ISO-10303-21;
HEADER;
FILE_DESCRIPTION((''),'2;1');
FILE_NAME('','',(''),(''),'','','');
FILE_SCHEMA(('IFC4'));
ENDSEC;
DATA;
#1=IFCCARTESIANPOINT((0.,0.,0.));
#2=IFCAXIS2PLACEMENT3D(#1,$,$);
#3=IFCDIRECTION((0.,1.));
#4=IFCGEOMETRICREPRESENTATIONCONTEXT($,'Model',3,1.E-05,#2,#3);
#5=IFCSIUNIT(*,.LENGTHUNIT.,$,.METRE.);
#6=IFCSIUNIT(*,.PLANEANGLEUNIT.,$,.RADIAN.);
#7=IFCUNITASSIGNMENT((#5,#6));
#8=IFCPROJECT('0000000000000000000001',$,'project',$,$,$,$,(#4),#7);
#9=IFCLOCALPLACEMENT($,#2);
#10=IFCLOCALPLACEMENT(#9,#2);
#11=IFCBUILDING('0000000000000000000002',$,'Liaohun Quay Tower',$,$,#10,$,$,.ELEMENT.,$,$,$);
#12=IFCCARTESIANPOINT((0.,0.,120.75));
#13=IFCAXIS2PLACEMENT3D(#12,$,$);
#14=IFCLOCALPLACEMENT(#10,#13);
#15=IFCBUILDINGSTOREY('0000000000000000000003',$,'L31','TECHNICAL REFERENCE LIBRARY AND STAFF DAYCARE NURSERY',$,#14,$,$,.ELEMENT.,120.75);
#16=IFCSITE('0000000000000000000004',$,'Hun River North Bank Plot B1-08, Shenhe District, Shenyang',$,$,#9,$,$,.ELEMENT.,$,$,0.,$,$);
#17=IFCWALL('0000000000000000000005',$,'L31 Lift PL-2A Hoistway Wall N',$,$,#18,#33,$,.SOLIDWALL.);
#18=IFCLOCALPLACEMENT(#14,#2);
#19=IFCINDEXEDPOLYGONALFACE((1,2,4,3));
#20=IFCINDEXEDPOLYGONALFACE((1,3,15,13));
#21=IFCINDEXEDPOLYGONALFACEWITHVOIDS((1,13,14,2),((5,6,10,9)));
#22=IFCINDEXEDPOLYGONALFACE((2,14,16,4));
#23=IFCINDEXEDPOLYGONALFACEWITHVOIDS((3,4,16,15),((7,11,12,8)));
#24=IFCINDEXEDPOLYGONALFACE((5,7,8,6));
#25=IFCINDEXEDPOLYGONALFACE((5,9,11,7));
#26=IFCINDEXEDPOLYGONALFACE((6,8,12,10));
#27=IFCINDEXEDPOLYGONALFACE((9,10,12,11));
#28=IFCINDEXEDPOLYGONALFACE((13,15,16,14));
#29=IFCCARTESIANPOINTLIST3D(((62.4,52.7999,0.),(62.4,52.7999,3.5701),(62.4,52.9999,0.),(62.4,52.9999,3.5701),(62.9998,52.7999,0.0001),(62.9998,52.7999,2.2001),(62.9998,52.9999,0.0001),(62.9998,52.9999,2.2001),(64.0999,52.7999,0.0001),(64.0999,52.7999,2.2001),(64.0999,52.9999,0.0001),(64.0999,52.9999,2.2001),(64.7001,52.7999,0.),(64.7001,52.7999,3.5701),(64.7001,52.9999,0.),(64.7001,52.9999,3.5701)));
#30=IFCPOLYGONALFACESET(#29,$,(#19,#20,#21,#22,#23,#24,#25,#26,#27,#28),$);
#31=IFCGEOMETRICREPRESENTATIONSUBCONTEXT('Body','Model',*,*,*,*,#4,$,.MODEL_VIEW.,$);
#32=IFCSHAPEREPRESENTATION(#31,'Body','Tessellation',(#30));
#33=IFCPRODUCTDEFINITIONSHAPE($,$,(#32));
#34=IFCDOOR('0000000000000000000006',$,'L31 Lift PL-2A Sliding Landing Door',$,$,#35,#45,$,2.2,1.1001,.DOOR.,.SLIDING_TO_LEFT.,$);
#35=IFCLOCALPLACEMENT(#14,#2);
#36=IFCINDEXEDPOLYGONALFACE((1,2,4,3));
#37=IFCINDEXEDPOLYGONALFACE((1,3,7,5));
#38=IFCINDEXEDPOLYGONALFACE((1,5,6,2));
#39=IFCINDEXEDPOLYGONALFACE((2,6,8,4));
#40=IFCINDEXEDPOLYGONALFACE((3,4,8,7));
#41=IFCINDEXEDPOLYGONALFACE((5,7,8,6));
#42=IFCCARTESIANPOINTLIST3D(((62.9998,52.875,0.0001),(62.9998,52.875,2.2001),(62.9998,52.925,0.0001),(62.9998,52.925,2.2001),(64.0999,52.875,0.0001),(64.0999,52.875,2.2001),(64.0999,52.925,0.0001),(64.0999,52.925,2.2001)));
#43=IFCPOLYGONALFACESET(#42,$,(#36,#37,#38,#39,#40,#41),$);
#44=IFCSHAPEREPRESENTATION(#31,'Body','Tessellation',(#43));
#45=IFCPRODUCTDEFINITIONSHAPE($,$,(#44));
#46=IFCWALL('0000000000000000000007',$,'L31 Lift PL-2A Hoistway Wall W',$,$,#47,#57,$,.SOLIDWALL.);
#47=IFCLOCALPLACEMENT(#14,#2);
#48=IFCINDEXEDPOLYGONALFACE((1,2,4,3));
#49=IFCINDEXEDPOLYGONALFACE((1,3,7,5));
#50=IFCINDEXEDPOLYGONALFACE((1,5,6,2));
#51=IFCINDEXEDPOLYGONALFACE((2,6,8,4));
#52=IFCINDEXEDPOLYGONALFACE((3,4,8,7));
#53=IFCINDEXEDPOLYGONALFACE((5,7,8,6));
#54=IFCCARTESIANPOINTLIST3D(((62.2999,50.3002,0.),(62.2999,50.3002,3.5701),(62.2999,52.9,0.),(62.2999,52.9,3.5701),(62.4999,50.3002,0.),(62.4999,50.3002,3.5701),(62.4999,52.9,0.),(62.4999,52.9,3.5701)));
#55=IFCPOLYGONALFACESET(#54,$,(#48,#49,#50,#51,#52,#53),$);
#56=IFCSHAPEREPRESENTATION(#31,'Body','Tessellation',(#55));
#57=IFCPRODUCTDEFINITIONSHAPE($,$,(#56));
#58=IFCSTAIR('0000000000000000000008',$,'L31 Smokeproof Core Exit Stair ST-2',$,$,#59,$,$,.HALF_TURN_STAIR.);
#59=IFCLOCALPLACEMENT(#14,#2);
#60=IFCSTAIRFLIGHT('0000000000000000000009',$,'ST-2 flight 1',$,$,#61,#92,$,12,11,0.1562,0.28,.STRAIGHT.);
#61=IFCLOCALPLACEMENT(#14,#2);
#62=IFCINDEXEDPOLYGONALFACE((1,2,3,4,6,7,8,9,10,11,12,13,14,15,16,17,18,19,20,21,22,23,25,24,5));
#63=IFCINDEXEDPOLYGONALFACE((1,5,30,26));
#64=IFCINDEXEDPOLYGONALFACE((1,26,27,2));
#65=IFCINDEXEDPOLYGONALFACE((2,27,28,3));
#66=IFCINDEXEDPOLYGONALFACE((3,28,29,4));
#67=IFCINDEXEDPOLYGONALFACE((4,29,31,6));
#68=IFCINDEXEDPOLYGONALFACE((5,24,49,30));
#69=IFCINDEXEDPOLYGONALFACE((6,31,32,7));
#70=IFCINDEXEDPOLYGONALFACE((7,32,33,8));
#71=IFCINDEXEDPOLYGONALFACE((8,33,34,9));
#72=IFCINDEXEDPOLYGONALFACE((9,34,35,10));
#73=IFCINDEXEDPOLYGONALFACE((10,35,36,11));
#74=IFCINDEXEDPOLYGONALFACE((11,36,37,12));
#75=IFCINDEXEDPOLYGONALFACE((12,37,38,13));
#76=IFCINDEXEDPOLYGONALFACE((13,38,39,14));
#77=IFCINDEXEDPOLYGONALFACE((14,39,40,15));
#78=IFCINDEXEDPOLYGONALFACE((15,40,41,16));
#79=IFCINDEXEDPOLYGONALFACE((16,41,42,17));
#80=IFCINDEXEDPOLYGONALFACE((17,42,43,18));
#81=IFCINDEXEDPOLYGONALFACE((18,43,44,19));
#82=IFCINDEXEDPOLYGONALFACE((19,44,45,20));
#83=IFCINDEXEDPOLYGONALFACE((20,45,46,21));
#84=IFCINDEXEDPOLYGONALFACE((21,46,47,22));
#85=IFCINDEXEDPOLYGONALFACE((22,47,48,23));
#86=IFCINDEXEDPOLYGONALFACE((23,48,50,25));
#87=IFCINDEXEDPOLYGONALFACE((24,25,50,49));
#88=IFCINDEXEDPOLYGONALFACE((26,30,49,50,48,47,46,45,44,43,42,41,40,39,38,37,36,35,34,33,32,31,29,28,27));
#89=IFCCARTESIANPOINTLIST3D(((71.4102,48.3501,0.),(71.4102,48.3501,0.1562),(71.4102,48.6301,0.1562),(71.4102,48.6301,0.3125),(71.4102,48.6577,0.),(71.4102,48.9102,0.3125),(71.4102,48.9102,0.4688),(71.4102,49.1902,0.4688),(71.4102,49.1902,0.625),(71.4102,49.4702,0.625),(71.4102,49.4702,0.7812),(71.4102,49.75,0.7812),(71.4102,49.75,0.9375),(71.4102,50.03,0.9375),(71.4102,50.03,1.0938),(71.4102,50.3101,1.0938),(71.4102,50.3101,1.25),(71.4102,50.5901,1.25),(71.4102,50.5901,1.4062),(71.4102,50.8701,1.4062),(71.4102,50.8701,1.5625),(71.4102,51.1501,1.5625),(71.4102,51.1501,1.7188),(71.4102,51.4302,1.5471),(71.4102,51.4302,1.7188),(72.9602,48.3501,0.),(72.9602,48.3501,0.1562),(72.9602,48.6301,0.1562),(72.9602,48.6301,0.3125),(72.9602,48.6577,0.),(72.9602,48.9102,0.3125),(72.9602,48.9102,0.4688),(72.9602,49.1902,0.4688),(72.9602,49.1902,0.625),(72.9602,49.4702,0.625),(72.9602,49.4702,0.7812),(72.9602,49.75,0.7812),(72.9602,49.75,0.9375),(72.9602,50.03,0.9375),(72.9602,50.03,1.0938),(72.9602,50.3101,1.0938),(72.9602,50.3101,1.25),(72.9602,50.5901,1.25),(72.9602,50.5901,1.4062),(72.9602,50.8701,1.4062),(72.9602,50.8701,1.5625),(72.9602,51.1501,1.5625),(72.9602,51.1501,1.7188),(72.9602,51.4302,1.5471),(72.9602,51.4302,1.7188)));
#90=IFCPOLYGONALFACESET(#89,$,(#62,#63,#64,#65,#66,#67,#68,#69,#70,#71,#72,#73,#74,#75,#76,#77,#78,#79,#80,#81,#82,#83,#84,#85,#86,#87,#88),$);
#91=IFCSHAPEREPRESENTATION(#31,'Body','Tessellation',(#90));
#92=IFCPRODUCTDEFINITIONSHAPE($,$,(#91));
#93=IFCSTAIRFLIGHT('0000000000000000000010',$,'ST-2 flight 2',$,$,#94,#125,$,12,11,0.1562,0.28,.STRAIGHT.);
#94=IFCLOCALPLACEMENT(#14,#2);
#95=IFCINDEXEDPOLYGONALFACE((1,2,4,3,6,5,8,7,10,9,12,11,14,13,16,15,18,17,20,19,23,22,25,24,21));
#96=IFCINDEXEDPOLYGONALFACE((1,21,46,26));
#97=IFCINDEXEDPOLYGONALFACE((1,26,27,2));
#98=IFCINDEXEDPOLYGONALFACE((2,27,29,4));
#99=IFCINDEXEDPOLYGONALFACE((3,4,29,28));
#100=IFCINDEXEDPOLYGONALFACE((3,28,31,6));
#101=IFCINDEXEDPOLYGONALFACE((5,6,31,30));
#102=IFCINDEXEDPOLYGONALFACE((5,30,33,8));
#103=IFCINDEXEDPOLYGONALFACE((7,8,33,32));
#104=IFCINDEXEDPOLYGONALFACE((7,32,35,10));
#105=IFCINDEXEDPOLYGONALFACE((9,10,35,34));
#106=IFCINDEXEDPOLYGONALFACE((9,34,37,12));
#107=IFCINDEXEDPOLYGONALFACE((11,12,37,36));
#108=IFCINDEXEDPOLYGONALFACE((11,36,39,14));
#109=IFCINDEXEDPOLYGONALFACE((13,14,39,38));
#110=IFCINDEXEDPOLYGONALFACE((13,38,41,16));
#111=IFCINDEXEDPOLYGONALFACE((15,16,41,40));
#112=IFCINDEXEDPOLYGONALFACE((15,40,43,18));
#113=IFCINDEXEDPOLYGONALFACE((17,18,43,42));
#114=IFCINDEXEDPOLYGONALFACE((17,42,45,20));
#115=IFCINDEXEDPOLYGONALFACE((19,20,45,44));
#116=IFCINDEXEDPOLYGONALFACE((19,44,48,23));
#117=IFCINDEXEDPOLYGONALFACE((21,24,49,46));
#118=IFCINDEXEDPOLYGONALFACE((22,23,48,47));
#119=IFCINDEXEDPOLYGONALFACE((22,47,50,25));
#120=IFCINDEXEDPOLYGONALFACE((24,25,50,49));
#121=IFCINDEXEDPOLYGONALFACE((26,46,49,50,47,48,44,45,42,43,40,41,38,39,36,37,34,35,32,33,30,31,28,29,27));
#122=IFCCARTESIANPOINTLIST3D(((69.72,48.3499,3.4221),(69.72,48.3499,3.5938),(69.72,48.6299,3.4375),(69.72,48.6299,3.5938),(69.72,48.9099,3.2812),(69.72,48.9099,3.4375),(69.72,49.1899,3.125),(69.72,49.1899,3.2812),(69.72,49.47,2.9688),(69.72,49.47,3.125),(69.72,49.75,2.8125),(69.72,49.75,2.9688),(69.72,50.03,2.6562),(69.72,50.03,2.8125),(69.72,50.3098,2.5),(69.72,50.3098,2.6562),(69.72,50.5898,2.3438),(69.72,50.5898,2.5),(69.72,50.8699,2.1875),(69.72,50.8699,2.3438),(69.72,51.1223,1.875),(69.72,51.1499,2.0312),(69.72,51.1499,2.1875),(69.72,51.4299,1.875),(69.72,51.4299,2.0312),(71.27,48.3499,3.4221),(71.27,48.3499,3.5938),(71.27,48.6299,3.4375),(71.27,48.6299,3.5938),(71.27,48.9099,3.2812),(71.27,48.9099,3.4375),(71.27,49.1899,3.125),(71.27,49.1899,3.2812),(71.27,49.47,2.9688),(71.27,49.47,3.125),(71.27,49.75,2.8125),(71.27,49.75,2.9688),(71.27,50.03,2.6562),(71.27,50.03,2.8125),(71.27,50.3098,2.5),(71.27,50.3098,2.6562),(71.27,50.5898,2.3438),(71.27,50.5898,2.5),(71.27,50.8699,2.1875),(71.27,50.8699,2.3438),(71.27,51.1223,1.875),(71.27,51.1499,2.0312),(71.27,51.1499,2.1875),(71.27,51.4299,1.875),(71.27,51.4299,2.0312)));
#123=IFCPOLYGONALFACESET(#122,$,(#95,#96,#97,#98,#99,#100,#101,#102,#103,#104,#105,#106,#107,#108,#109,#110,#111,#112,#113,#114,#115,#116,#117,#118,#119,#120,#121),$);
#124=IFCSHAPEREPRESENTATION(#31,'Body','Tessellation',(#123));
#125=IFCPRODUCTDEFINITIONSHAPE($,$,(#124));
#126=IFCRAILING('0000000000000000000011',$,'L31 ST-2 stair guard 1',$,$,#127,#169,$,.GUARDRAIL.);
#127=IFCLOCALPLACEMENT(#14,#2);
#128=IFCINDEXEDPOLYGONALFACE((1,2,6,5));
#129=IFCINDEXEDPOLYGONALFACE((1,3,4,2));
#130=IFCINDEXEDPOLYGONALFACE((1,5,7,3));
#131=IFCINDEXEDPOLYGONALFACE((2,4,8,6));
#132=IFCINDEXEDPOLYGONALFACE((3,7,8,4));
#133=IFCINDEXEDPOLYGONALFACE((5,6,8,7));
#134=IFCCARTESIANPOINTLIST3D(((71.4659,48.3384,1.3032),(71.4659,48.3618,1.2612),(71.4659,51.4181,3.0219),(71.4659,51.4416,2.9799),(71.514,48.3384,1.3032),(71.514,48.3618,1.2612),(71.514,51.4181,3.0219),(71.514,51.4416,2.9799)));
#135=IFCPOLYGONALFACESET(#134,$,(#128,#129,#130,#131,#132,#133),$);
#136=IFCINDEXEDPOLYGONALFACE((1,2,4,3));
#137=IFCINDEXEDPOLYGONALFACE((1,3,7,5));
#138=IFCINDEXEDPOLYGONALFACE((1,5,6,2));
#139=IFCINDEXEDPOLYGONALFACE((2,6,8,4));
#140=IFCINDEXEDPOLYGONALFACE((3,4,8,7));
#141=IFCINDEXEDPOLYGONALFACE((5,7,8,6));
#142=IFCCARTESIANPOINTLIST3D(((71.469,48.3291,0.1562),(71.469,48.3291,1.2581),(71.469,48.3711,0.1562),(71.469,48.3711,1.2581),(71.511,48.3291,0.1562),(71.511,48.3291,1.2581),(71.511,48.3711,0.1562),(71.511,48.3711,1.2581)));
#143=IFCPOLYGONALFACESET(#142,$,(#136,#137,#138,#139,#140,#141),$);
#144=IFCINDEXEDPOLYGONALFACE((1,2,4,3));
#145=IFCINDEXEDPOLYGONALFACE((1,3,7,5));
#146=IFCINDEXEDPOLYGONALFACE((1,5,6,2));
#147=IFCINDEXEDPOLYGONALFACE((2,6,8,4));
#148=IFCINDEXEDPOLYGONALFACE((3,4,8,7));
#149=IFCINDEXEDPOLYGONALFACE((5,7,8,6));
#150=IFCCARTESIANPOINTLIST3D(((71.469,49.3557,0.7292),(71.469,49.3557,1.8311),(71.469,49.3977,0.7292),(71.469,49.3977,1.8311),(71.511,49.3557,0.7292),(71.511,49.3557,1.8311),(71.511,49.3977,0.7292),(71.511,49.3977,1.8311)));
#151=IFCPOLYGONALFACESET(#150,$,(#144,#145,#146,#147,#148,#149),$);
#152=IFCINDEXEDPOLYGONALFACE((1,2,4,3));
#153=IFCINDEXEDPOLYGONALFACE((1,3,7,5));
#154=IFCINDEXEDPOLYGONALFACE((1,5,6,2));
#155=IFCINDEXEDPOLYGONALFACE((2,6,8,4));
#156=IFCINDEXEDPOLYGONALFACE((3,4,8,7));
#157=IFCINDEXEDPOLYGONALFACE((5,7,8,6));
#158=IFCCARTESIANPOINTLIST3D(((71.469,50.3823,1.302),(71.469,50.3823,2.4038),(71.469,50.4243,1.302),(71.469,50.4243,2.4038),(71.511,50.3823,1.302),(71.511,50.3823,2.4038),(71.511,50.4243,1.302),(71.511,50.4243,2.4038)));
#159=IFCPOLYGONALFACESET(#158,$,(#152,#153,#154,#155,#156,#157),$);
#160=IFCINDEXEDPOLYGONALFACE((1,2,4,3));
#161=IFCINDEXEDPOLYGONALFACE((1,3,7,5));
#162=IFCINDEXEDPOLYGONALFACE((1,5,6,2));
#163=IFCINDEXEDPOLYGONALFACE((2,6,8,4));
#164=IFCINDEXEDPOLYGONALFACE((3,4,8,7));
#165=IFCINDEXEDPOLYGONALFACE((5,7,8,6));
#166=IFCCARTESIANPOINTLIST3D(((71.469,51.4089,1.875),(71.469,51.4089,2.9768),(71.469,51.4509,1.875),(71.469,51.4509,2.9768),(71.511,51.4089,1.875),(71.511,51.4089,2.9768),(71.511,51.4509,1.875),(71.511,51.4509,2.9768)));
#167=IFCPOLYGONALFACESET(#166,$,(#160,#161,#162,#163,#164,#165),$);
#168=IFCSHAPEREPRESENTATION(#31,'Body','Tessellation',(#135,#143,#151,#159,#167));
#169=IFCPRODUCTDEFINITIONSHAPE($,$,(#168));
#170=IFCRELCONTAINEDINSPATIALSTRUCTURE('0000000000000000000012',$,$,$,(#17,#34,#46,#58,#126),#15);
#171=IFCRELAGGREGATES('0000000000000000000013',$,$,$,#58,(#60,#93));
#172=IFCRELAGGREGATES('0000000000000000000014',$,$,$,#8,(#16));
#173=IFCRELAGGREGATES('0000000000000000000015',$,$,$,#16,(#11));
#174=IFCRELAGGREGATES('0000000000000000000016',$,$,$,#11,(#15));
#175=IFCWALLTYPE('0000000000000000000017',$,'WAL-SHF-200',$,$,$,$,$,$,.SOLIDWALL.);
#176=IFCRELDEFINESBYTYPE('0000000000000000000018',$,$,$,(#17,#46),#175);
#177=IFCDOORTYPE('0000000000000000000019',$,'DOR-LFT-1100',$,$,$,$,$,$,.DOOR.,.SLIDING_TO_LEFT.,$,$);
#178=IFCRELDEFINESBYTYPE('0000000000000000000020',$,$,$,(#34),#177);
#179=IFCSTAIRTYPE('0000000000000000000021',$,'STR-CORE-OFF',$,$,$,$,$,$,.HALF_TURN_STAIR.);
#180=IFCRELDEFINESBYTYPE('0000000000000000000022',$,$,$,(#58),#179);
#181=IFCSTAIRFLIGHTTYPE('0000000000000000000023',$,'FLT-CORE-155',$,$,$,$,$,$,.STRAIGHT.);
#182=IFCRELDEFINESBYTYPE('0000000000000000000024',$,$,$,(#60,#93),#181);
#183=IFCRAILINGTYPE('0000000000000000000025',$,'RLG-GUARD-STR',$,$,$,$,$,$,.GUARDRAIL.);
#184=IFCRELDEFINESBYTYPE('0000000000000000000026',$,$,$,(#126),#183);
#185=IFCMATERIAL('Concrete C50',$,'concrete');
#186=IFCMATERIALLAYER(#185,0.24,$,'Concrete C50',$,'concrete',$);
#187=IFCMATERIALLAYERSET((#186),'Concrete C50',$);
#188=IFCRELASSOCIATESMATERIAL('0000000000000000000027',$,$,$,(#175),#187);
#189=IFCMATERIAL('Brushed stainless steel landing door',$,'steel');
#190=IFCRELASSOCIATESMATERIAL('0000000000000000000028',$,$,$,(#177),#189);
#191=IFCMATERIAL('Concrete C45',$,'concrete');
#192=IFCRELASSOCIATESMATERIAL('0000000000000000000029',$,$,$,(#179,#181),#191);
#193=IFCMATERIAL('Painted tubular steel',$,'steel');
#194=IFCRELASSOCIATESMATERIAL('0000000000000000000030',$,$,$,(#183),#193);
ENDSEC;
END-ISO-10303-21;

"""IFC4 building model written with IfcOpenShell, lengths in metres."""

from ifc_helpers import new_model, si_unit, direction, frame, frame_2d, origin, origin_2d, place, context, subcontext, project, spatial, polyline, rectangle, outline, extrude, source, transform, mapped, material, layer, layer_set, type_object, element, fill, aggregate, save


model = new_model("IFC4")

# Units and contexts
model_context = context("Model", 3, precision=1e-05, world=origin(), true_north=direction((0.0, 1.0)))
body_context = subcontext(model_context, "Body", "Model", "MODEL_VIEW")
ifc_project = project(units=[si_unit("LENGTHUNIT", "METRE"), si_unit("PLANEANGLEUNIT", "RADIAN")], contexts=[model_context])

# Site, building, storey
site_placement = place(None, origin())
site = spatial("IfcSite", under=ifc_project, at=site_placement, Name="Hun River North Bank Plot B1-08, Shenhe District, Shenyang", CompositionType="ELEMENT", RefElevation=0.0)
building_placement = place(site_placement, origin())
building = spatial("IfcBuilding", under=site, at=building_placement, Name="Liaohun Quay Tower", CompositionType="ELEMENT")
storey_placement = place(building_placement, frame((0.0, 0.0, 120.75)))
storey = spatial("IfcBuildingStorey", under=building, at=storey_placement, Name="L31", Description="TECHNICAL REFERENCE LIBRARY AND STAFF DAYCARE NURSERY", CompositionType="ELEMENT", Elevation=120.75)

# Shared definitions
ifc_material_1 = material(Name="Concrete C50", Category="concrete")
ifc_layer_1 = layer(ifc_material_1, 0.24, Name="Concrete C50", Category="concrete")
ifc_layer_set_1 = layer_set([ifc_layer_1], Name="Concrete C50")
wall_type_1 = type_object("IfcWallType", Name="WAL-SHF-200", PredefinedType="SOLIDWALL", material=ifc_layer_set_1)

# Wall, opening, door
wall_1_placement = place(storey_placement, frame((64.7, 52.8999, 0.0), z_axis=(0.0, 0.0, 1.0), x_axis=(-1.0, 0.0, 0.0)))
wall_1 = element("IfcWall", 1, at=wall_1_placement, inside=storey, type_object=wall_type_1, Name="L31 Lift PL-2A Hoistway Wall N", PredefinedType="SOLIDWALL", context=body_context, shape_type="SweptSolid", body=[
    extrude(rectangle(XDim=2.3, YDim=0.2, at=frame_2d((1.1499, 0.0))), origin(), (0.0, 0.0, 1.0), 3.5701),
])
shared_shape_1 = source(origin(), body_context, "Body", "SweptSolid", [
    extrude(rectangle(XDim=1.1001, YDim=2.2, at=frame_2d((0.55, 1.1001))), frame((0.0, 0.1099, 0.0), z_axis=(0.0, -1.0, 0.0), x_axis=(1.0, 0.0, 0.0)), (0.0, 0.0, 1.0), 0.22),
])
opening_1_placement = place(wall_1_placement, frame((0.6001, 0.0, 0.0)))
opening_1 = element("IfcOpeningElement", 2, at=opening_1_placement, cuts=wall_1, PredefinedType="OPENING", context=body_context, shape_type="MappedRepresentation", body=[
    mapped(shared_shape_1, transform((0.0, 0.0, 0.0), x_axis=(1.0, 0.0, 0.0), y_axis=(0.0, 1.0, 0.0), z_axis=(0.0, 0.0, 1.0), scale=1.0)),
])
ifc_material_2 = material(Name="Brushed stainless steel landing door", Category="steel")
door_type_1 = type_object("IfcDoorType", Name="DOR-LFT-1100", OperationType="SLIDING_TO_LEFT", PredefinedType="DOOR", material=ifc_material_2)
shared_shape_2 = source(origin(), body_context, "Body", "SweptSolid", [
    extrude(rectangle(XDim=1.1001, YDim=2.2, at=frame_2d((0.55, 1.1001))), frame((0.0, 0.0249, 0.0), z_axis=(0.0, -1.0, 0.0), x_axis=(1.0, 0.0, 0.0)), (0.0, 0.0, 1.0), 0.05),
])
door_1_placement = place(opening_1_placement, origin())
door_1 = element("IfcDoor", 3, at=door_1_placement, inside=storey, type_object=door_type_1, Name="L31 Lift PL-2A Sliding Landing Door", OperationType="SLIDING_TO_LEFT", OverallHeight=2.2, OverallWidth=1.1001, PredefinedType="DOOR", context=body_context, shape_type="MappedRepresentation", body=[
    mapped(shared_shape_2, transform((0.0, 0.0, 0.0), x_axis=(1.0, 0.0, 0.0), y_axis=(0.0, 1.0, 0.0), z_axis=(0.0, 0.0, 1.0), scale=1.0)),
])
fill(opening_1, door_1)

# Wall
wall_2_placement = place(storey_placement, frame((62.3999, 52.8999, 0.0), z_axis=(0.0, 0.0, 1.0), x_axis=(0.0, -1.0, 0.0)))
element("IfcWall", 4, at=wall_2_placement, inside=storey, type_object=wall_type_1, Name="L31 Lift PL-2A Hoistway Wall W", PredefinedType="SOLIDWALL", context=body_context, shape_type="SweptSolid", body=[
    extrude(rectangle(XDim=2.5999, YDim=0.2, at=frame_2d((1.2998, 0.0))), origin(), (0.0, 0.0, 1.0), 3.5701),
])

# Stair, stair flights
ifc_material_3 = material(Name="Concrete C45", Category="concrete")
stair_type = type_object("IfcStairType", Name="STR-CORE-OFF", PredefinedType="HALF_TURN_STAIR", material=ifc_material_3)
stair_placement = place(storey_placement, origin())
stair = element("IfcStair", 5, at=stair_placement, inside=storey, type_object=stair_type, Name="L31 Smokeproof Core Exit Stair ST-2", PredefinedType="HALF_TURN_STAIR")
stair_flight_type = type_object("IfcStairFlightType", Name="FLT-CORE-155", PredefinedType="STRAIGHT", material=ifc_material_3)
stair_flight_1_placement = place(storey_placement, frame((72.1851, 48.3501, 0.0), z_axis=(0.0, 0.0, 1.0), x_axis=(0.0, 1.0, 0.0)))
stair_flight_1 = element("IfcStairFlight", 6, at=stair_flight_1_placement, type_object=stair_flight_type, Name="ST-2 flight 1", NumberOfRisers=12, NumberOfTreads=11, PredefinedType="STRAIGHT", RiserHeight=0.1562, TreadLength=0.28, context=body_context, shape_type="SweptSolid", body=[
    extrude(outline(polyline([(0.0, 0.0), (0.0, 0.1562), (0.28, 0.1562), (0.28, 0.3125), (0.5601, 0.3125), (0.5601, 0.4688), (0.8401, 0.4688), (0.8401, 0.625), (1.1201, 0.625), (1.1201, 0.7812), (1.3999, 0.7812), (1.3999, 0.9375), (1.6799, 0.9375), (1.6799, 1.0938), (1.96, 1.0938), (1.96, 1.25), (2.24, 1.25), (2.24, 1.4062), (2.52, 1.4062), (2.52, 1.5625), (2.8, 1.5625), (2.8, 1.7188), (3.0801, 1.7188), (3.0801, 1.875), (3.0801, 1.5471), (0.3076, 0.0), (0.0, 0.0)])), frame((0.0, 0.7749, 0.0), z_axis=(0.0, -1.0, 0.0), x_axis=(1.0, 0.0, 0.0)), (0.0, 0.0, 1.0), 1.55),
])
stair_flight_2_placement = place(storey_placement, frame((70.4951, 51.4299, 1.875), z_axis=(0.0, 0.0, 1.0), x_axis=(0.0, -1.0, 0.0)))
stair_flight_2 = element("IfcStairFlight", 7, at=stair_flight_2_placement, type_object=stair_flight_type, Name="ST-2 flight 2", NumberOfRisers=12, NumberOfTreads=11, PredefinedType="STRAIGHT", RiserHeight=0.1562, TreadLength=0.28, context=body_context, shape_type="SweptSolid", body=[
    extrude(outline(polyline([(0.0, 0.0), (0.0, 0.1562), (0.28, 0.1562), (0.28, 0.3125), (0.5601, 0.3125), (0.5601, 0.4688), (0.8401, 0.4688), (0.8401, 0.625), (1.1201, 0.625), (1.1201, 0.7812), (1.3999, 0.7812), (1.3999, 0.9375), (1.6799, 0.9375), (1.6799, 1.0938), (1.96, 1.0938), (1.96, 1.25), (2.24, 1.25), (2.24, 1.4062), (2.52, 1.4062), (2.52, 1.5625), (2.8, 1.5625), (2.8, 1.7188), (3.0801, 1.7188), (3.0801, 1.875), (3.0801, 1.5471), (0.3076, 0.0), (0.0, 0.0)])), frame((0.0, 0.7749, 0.0), z_axis=(0.0, -1.0, 0.0), x_axis=(1.0, 0.0, 0.0)), (0.0, 0.0, 1.0), 1.55),
])
aggregate(stair, [stair_flight_1, stair_flight_2])

# Railing
ifc_material_4 = material(Name="Painted tubular steel", Category="steel")
railing_type_1 = type_object("IfcRailingType", Name="RLG-GUARD-STR", PredefinedType="GUARDRAIL", material=ifc_material_4)
railing_1_placement = place(storey_placement, frame((71.49, 48.3501, 0.1562)))
element("IfcRailing", 8, at=railing_1_placement, inside=storey, type_object=railing_type_1, Name="L31 ST-2 stair guard 1", PredefinedType="GUARDRAIL", context=body_context, shape_type="SweptSolid", body=[
    extrude(rectangle(XDim=0.0481, YDim=0.0481, at=origin_2d()), frame((0.0, 0.0, 1.126), z_axis=(0.0, 0.873225, 0.487317), x_axis=(-1.0, 0.0, 0.0)), (0.0, 0.0, 1.0), 3.5269),
    extrude(rectangle(XDim=0.042, YDim=0.042, at=origin_2d()), origin(), (0.0, 0.0, 1.0), 1.1018),
    extrude(rectangle(XDim=0.042, YDim=0.042, at=origin_2d()), frame((0.0, 1.0266, 0.573)), (0.0, 0.0, 1.0), 1.1018),
    extrude(rectangle(XDim=0.042, YDim=0.042, at=origin_2d()), frame((0.0, 2.0532, 1.1458)), (0.0, 0.0, 1.0), 1.1018),
    extrude(rectangle(XDim=0.042, YDim=0.042, at=origin_2d()), frame((0.0, 3.0798, 1.7188)), (0.0, 0.0, 1.0), 1.1018),
])

save(model, "model.ifc")
